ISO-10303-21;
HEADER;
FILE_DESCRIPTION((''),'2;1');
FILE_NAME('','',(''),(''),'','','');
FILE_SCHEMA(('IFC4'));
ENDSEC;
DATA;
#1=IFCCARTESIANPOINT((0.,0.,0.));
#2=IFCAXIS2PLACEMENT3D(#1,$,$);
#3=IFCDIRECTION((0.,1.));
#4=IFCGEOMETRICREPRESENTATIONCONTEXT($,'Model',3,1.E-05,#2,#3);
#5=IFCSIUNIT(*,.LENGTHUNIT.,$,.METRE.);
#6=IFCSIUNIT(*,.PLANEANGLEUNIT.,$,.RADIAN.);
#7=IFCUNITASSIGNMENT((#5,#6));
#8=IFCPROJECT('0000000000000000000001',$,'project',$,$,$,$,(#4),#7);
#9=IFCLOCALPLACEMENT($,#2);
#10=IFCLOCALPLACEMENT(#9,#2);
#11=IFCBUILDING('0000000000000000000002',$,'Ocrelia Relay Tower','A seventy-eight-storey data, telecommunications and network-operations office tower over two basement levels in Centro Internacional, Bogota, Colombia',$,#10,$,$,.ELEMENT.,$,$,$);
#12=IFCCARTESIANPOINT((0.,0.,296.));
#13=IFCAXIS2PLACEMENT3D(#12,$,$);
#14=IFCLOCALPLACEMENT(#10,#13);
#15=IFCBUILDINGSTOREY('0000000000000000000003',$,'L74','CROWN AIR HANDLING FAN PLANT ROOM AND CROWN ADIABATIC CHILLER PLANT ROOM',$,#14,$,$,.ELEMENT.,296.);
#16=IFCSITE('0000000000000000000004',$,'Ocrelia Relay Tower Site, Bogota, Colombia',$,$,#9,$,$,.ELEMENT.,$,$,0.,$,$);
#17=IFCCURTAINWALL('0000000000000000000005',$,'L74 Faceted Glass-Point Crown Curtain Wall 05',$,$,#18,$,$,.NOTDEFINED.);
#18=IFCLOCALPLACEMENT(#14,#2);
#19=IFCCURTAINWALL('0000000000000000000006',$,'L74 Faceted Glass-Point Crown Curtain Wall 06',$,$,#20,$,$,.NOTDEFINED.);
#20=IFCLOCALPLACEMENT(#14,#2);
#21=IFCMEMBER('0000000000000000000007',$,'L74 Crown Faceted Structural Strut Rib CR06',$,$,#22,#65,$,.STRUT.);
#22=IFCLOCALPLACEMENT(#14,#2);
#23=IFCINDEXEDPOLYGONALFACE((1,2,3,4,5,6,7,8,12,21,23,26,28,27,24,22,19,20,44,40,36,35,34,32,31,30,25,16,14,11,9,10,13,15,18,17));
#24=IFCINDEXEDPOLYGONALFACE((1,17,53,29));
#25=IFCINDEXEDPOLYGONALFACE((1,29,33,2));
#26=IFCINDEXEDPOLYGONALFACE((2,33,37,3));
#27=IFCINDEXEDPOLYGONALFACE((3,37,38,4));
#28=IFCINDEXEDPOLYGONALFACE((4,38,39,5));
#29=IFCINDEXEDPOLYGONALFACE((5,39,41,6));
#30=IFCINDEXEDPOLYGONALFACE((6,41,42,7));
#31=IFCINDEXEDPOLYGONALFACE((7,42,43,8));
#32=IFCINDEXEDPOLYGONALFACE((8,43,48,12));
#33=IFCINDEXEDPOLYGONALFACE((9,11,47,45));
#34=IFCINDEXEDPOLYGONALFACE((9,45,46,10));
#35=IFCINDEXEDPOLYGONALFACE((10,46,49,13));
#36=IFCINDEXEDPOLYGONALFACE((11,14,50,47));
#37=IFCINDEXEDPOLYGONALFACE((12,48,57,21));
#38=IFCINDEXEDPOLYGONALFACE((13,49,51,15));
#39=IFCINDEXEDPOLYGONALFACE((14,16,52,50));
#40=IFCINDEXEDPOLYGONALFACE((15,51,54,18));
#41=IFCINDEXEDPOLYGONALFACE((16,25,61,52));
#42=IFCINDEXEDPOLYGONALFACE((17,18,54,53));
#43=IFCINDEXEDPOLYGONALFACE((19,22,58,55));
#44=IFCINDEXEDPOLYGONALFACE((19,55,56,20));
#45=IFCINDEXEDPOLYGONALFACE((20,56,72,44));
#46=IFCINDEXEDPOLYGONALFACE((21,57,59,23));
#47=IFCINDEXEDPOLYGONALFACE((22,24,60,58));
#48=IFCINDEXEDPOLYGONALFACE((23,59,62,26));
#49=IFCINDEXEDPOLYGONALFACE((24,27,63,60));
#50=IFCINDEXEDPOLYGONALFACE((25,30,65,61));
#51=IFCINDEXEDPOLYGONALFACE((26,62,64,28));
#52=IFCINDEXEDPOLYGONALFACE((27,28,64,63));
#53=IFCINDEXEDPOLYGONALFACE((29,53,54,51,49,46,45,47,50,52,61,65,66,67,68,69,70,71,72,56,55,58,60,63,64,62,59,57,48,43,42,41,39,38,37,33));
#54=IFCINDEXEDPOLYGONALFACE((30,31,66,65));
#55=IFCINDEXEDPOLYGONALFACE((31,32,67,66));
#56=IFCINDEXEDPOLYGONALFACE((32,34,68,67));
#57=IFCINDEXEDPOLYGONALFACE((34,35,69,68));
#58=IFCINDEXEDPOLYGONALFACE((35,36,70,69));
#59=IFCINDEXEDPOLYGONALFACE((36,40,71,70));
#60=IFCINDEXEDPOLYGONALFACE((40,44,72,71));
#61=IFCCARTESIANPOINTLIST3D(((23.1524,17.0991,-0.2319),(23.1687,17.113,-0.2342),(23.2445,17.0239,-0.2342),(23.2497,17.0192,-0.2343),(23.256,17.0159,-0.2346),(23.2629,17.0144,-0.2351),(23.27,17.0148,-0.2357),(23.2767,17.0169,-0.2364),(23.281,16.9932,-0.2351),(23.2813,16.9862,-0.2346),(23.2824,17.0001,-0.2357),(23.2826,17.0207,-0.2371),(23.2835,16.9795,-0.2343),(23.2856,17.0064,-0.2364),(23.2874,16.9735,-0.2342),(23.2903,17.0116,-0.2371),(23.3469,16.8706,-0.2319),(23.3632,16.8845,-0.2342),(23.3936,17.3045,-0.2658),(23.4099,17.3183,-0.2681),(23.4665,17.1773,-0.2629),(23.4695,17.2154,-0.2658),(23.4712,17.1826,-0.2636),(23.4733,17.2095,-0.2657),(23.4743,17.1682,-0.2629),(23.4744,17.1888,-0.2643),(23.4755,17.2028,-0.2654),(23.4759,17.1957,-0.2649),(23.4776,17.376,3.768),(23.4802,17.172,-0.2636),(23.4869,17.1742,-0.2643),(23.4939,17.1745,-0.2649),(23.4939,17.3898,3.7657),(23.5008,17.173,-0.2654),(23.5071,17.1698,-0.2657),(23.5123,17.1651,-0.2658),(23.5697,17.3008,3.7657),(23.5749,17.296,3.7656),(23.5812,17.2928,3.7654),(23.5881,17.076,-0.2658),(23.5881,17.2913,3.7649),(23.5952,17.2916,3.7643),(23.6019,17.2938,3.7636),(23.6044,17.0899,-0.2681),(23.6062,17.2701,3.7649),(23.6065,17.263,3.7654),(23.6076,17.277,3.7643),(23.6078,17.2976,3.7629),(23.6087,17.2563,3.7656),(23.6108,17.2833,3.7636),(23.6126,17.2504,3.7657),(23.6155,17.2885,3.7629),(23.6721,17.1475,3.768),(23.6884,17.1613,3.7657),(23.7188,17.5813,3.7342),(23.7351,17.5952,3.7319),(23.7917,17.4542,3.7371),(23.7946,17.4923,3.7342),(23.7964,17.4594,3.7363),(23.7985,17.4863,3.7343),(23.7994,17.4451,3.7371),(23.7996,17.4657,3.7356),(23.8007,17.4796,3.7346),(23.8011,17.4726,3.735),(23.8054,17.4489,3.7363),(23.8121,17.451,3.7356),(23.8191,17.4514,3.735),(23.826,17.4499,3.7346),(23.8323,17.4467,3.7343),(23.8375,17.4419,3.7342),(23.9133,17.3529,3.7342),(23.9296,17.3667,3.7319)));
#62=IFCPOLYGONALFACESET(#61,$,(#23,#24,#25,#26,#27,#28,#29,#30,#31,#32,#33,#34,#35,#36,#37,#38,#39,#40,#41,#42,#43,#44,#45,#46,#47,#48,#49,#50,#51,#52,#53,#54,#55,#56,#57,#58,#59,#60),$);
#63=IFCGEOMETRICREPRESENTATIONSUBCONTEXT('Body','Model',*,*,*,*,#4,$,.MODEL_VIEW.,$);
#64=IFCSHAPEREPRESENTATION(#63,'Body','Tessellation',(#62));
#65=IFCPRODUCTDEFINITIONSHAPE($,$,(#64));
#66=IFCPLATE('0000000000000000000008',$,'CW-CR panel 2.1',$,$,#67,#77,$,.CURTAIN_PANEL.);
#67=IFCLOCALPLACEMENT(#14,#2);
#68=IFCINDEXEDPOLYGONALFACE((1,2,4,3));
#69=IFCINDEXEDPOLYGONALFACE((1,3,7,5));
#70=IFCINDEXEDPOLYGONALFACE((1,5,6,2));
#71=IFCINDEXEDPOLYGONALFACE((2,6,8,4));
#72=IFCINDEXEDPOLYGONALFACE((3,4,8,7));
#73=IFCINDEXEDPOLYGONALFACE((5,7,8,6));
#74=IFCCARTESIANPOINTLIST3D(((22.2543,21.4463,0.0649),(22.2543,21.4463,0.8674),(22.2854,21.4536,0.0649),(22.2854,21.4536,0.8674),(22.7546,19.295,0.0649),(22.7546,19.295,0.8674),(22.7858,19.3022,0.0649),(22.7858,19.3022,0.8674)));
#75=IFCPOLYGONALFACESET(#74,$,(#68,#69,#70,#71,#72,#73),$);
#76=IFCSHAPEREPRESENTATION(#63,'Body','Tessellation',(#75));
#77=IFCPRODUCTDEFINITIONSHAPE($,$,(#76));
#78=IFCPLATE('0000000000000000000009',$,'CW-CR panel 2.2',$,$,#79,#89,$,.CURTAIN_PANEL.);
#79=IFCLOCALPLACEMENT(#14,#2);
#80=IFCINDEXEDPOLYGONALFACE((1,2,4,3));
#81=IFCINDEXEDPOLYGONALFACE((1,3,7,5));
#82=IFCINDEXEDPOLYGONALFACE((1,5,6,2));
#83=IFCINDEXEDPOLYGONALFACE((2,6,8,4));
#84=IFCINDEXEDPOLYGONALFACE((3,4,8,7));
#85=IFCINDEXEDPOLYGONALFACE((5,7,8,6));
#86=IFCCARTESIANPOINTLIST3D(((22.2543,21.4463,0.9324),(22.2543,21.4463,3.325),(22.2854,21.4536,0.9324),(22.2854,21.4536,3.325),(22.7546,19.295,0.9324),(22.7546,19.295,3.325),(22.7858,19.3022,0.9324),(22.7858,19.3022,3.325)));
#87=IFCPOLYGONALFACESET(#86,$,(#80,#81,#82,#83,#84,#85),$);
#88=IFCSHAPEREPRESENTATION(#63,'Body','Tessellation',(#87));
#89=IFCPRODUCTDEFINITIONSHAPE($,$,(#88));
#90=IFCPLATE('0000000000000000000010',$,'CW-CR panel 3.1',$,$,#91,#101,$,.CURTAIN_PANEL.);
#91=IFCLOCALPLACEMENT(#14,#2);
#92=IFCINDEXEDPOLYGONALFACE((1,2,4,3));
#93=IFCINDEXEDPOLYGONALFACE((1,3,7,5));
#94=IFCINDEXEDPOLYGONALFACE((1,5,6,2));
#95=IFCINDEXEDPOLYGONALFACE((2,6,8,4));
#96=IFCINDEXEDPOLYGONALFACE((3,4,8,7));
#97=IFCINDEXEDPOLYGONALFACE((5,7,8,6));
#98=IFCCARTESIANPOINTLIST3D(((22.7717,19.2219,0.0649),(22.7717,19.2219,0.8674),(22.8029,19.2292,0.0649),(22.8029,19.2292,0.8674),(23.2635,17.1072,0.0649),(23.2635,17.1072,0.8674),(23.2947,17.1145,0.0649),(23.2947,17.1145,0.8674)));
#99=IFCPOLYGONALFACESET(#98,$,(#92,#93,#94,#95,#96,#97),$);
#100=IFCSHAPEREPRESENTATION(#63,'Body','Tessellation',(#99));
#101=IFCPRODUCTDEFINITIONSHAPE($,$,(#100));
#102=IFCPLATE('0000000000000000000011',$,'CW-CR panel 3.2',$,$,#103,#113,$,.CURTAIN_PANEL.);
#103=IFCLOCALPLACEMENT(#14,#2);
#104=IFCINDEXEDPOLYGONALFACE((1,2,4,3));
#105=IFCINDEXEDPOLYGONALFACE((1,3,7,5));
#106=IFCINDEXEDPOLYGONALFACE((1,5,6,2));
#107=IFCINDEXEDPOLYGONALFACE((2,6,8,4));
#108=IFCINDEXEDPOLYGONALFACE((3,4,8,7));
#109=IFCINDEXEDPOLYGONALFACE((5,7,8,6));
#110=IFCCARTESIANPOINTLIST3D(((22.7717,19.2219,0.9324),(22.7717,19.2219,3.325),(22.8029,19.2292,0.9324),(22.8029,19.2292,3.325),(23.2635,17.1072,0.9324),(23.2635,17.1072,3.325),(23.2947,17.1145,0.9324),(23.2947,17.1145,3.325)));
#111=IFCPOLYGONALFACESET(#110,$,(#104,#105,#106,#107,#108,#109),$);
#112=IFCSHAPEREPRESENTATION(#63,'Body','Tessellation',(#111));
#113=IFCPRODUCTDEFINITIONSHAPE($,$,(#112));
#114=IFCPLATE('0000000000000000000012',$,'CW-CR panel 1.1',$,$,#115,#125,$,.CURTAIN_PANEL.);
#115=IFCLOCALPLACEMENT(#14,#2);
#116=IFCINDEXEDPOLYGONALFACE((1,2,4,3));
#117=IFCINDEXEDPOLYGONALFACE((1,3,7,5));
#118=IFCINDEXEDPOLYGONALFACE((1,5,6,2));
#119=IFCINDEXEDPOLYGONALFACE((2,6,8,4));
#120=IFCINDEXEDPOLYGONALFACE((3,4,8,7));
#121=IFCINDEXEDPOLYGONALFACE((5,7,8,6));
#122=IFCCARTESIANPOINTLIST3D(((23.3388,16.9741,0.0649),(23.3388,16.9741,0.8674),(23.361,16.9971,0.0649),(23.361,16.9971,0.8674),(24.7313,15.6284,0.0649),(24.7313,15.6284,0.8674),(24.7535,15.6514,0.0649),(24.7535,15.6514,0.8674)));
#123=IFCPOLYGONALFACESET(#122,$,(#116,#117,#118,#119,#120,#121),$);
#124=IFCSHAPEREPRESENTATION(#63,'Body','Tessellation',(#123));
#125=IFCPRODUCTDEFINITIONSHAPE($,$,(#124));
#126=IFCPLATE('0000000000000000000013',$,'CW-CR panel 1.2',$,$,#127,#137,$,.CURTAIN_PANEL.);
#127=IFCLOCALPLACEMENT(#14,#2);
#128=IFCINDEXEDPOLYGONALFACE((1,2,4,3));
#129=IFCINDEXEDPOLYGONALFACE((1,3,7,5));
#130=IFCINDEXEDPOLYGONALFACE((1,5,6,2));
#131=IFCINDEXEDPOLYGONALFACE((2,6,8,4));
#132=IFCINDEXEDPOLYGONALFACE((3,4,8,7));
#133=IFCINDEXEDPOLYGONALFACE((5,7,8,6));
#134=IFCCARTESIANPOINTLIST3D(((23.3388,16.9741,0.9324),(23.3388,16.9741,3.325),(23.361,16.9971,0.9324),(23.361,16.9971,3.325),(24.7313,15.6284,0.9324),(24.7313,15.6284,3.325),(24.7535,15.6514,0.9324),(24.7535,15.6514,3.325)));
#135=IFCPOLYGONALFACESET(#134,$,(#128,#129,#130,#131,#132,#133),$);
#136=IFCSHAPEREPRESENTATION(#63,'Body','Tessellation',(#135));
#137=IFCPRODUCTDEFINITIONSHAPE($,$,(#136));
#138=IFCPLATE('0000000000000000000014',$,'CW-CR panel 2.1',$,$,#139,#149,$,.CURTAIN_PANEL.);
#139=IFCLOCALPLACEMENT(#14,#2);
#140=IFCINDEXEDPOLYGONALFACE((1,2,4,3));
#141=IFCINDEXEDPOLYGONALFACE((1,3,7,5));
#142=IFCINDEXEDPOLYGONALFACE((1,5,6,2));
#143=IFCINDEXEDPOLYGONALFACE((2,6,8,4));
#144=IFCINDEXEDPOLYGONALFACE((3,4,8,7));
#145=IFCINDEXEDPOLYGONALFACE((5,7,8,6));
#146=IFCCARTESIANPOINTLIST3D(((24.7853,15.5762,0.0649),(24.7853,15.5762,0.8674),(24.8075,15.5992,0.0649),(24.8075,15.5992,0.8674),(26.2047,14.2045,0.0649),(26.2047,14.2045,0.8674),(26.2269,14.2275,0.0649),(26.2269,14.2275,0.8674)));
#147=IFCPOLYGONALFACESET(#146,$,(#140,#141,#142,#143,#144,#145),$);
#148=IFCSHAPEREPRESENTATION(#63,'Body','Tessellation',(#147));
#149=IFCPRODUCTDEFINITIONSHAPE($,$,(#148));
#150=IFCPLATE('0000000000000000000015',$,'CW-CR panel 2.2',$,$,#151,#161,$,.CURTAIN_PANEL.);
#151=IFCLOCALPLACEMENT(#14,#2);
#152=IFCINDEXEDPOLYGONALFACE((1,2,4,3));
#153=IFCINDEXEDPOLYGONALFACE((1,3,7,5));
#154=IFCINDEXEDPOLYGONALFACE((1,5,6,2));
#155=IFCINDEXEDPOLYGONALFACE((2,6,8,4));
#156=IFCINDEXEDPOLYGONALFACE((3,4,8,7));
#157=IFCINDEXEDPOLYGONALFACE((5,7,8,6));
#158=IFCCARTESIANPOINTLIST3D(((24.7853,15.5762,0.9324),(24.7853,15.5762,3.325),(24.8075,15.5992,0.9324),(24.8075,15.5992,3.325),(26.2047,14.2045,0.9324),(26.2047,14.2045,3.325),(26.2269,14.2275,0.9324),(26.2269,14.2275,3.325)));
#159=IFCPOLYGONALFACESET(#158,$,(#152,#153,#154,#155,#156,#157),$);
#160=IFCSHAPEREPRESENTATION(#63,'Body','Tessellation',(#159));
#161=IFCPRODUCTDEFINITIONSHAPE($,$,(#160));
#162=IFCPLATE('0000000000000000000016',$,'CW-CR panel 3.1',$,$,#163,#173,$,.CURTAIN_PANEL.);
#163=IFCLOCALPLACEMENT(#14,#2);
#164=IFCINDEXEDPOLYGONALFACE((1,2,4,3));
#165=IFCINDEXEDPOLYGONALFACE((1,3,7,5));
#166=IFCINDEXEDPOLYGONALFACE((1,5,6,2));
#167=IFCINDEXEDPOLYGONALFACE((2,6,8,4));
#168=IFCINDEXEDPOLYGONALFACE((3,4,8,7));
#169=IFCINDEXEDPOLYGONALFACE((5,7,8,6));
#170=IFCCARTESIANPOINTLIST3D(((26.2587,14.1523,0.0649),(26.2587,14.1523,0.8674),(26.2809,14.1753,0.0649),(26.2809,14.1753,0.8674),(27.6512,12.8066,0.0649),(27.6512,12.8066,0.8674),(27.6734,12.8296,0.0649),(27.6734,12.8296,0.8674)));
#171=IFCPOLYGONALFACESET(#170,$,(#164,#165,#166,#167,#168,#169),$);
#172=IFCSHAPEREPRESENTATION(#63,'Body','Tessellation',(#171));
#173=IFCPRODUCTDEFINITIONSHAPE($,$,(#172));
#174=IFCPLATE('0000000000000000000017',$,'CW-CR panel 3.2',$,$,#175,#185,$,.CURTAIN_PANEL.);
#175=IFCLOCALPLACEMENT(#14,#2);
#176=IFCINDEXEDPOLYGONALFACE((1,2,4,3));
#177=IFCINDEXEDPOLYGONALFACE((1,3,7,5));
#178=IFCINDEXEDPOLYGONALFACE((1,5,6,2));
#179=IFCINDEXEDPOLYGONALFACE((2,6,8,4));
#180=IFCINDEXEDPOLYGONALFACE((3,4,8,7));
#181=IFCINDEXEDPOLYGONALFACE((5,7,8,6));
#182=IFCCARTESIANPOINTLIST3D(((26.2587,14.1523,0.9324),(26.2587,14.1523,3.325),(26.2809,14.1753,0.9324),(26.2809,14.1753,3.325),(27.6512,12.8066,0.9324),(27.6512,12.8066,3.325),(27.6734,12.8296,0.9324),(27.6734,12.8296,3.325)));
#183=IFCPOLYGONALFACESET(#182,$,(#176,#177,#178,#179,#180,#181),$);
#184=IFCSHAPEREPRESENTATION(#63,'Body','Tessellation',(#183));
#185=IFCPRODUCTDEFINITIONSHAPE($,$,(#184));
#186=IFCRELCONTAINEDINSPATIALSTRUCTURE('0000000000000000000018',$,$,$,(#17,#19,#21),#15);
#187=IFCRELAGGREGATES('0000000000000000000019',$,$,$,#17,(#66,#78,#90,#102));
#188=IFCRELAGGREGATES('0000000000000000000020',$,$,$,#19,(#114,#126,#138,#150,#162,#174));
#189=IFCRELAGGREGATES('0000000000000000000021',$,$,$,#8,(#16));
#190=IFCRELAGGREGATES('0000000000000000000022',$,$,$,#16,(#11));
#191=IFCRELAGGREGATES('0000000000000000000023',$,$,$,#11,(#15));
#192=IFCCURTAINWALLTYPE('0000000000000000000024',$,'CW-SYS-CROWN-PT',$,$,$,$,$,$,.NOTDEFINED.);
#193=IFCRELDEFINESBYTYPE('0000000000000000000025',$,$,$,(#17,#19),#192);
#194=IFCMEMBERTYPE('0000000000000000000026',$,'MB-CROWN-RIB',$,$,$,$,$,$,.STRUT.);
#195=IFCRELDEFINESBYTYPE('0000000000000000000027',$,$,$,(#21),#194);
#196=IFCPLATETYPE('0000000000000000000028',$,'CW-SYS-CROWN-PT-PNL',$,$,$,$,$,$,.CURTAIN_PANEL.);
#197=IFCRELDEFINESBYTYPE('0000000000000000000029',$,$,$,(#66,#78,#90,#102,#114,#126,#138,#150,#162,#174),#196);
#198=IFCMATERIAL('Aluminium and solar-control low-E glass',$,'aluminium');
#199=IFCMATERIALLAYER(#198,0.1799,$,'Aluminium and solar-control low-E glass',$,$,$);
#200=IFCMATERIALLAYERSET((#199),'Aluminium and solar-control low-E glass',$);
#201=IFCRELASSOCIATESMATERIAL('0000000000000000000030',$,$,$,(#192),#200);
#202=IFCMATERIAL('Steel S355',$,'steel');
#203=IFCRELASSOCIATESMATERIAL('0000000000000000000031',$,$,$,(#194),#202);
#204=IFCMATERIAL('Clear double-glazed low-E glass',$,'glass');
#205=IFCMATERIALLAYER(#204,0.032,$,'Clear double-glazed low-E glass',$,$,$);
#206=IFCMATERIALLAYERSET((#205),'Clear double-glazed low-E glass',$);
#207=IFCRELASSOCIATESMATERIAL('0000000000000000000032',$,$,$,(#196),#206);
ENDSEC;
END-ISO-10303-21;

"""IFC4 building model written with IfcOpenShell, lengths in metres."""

from ifc_helpers import new_model, si_unit, direction, frame, origin, origin_2d, place, context, subcontext, project, spatial, rectangle, i_section, extrude, material, layer, layer_set, material_profile, profile_set, type_object, element, aggregate, save


model = new_model("IFC4")

# Units and contexts
model_context = context("Model", 3, precision=1e-05, world=origin(), true_north=direction((0.0, 1.0)))
body_context = subcontext(model_context, "Body", "Model", "MODEL_VIEW")
ifc_project = project(units=[si_unit("LENGTHUNIT", "METRE"), si_unit("PLANEANGLEUNIT", "RADIAN")], contexts=[model_context])

# Site, building, storey
site_placement = place(None, origin())
site = spatial("IfcSite", under=ifc_project, at=site_placement, Name="Ocrelia Relay Tower Site, Bogota, Colombia", CompositionType="ELEMENT", RefElevation=0.0)
building_placement = place(site_placement, origin())
building = spatial("IfcBuilding", under=site, at=building_placement, Name="Ocrelia Relay Tower", Description="A seventy-eight-storey data, telecommunications and network-operations office tower over two basement levels in Centro Internacional, Bogota, Colombia", CompositionType="ELEMENT")
storey_placement = place(building_placement, frame((0.0, 0.0, 296.0)))
storey = spatial("IfcBuildingStorey", under=building, at=storey_placement, Name="L74", Description="CROWN AIR HANDLING FAN PLANT ROOM AND CROWN ADIABATIC CHILLER PLANT ROOM", CompositionType="ELEMENT", Elevation=296.0)

# Shared definitions
ifc_material_1 = material(Name="Steel S355", Category="steel")

# Curtain walls
ifc_material_2 = material(Name="Aluminium and solar-control low-E glass", Category="aluminium")
ifc_layer_1 = layer(ifc_material_2, 0.1799, Name="Aluminium and solar-control low-E glass")
ifc_layer_set_1 = layer_set([ifc_layer_1], Name="Aluminium and solar-control low-E glass")
curtain_wall_type = type_object("IfcCurtainWallType", Name="CW-SYS-CROWN-PT", PredefinedType="NOTDEFINED", material=ifc_layer_set_1)
curtain_wall_1_placement = place(storey_placement, origin())
curtain_wall_1 = element("IfcCurtainWall", 1, at=curtain_wall_1_placement, inside=storey, type_object=curtain_wall_type, Name="L74 Faceted Glass-Point Crown Curtain Wall 05", PredefinedType="NOTDEFINED")
curtain_wall_2_placement = place(storey_placement, origin())
curtain_wall_2 = element("IfcCurtainWall", 2, at=curtain_wall_2_placement, inside=storey, type_object=curtain_wall_type, Name="L74 Faceted Glass-Point Crown Curtain Wall 06", PredefinedType="NOTDEFINED")

# Member
ifc_material_profile_1 = material_profile(ifc_material_1, i_section(OverallWidth=0.3, OverallDepth=0.3401, WebThickness=0.012, FlangeThickness=0.0215, FilletRadius=0.0271, at=origin_2d()), Name="HEB 340")
ifc_profile_set_1 = profile_set([ifc_material_profile_1], Name="Steel S355")
member_type_1 = type_object("IfcMemberType", Name="MB-CROWN-RIB", PredefinedType="STRUT", material=ifc_profile_set_1)
member_1_placement = place(storey_placement, frame((23.3784, 17.0945, -0.25), z_axis=(0.080839, 0.068823, 0.994348), x_axis=(-0.648246, 0.761431, 0.0)))
element("IfcMember", 3, at=member_1_placement, inside=storey, type_object=member_type_1, Name="L74 Crown Faceted Structural Strut Rib CR06", PredefinedType="STRUT", context=body_context, shape_type="SweptSolid", body=[
    extrude(i_section(OverallWidth=0.3, OverallDepth=0.3401, WebThickness=0.012, FlangeThickness=0.0215, FilletRadius=0.0271, at=origin_2d()), origin(), (0.0, 0.0, 1.0), 4.0227),
])

# Plates
ifc_material_3 = material(Name="Clear double-glazed low-E glass", Category="glass")
ifc_layer_2 = layer(ifc_material_3, 0.032, Name="Clear double-glazed low-E glass")
ifc_layer_set_2 = layer_set([ifc_layer_2], Name="Clear double-glazed low-E glass")
plate_type = type_object("IfcPlateType", Name="CW-SYS-CROWN-PT-PNL", PredefinedType="CURTAIN_PANEL", material=ifc_layer_set_2)
plate_1_placement = place(storey_placement, frame((22.52, 20.3743, 0.0649), z_axis=(0.0, 0.0, 1.0), x_axis=(0.226533, -0.974004, 0.0)))
plate_1 = element("IfcPlate", 4, at=plate_1_placement, type_object=plate_type, Name="CW-CR panel 2.1", PredefinedType="CURTAIN_PANEL", context=body_context, shape_type="SweptSolid", body=[
    extrude(rectangle(XDim=2.2087, YDim=0.032, at=origin_2d()), origin(), (0.0, 0.0, 1.0), 0.8025),
])
plate_2_placement = place(storey_placement, frame((22.52, 20.3743, 0.9324), z_axis=(0.0, 0.0, 1.0), x_axis=(0.226533, -0.974004, 0.0)))
plate_2 = element("IfcPlate", 5, at=plate_2_placement, type_object=plate_type, Name="CW-CR panel 2.2", PredefinedType="CURTAIN_PANEL", context=body_context, shape_type="SweptSolid", body=[
    extrude(rectangle(XDim=2.2087, YDim=0.032, at=origin_2d()), origin(), (0.0, 0.0, 1.0), 2.3926),
])
plate_3_placement = place(storey_placement, frame((23.0332, 18.1682, 0.0649), z_axis=(0.0, 0.0, 1.0), x_axis=(0.226533, -0.974004, 0.0)))
plate_3 = element("IfcPlate", 6, at=plate_3_placement, type_object=plate_type, Name="CW-CR panel 3.1", PredefinedType="CURTAIN_PANEL", context=body_context, shape_type="SweptSolid", body=[
    extrude(rectangle(XDim=2.1711, YDim=0.032, at=origin_2d()), origin(), (0.0, 0.0, 1.0), 0.8025),
])
plate_4_placement = place(storey_placement, frame((23.0332, 18.1682, 0.9324), z_axis=(0.0, 0.0, 1.0), x_axis=(0.226533, -0.974004, 0.0)))
plate_4 = element("IfcPlate", 7, at=plate_4_placement, type_object=plate_type, Name="CW-CR panel 3.2", PredefinedType="CURTAIN_PANEL", context=body_context, shape_type="SweptSolid", body=[
    extrude(rectangle(XDim=2.1711, YDim=0.032, at=origin_2d()), origin(), (0.0, 0.0, 1.0), 2.3926),
])
aggregate(curtain_wall_1, [plate_1, plate_2, plate_3, plate_4])
plate_5_placement = place(storey_placement, frame((24.0461, 16.3127, 0.0649), z_axis=(0.0, 0.0, 1.0), x_axis=(0.719075, -0.694932, 0.0)))
plate_5 = element("IfcPlate", 8, at=plate_5_placement, type_object=plate_type, Name="CW-CR panel 1.1", PredefinedType="CURTAIN_PANEL", context=body_context, shape_type="SweptSolid", body=[
    extrude(rectangle(XDim=1.9365, YDim=0.032, at=origin_2d()), origin(), (0.0, 0.0, 1.0), 0.8025),
])
plate_6_placement = place(storey_placement, frame((24.0461, 16.3127, 0.9324), z_axis=(0.0, 0.0, 1.0), x_axis=(0.719075, -0.694932, 0.0)))
plate_6 = element("IfcPlate", 9, at=plate_6_placement, type_object=plate_type, Name="CW-CR panel 1.2", PredefinedType="CURTAIN_PANEL", context=body_context, shape_type="SweptSolid", body=[
    extrude(rectangle(XDim=1.9365, YDim=0.032, at=origin_2d()), origin(), (0.0, 0.0, 1.0), 2.3926),
])
plate_7_placement = place(storey_placement, frame((25.5061, 14.9019, 0.0649), z_axis=(0.0, 0.0, 1.0), x_axis=(0.719075, -0.694932, 0.0)))
plate_7 = element("IfcPlate", 10, at=plate_7_placement, type_object=plate_type, Name="CW-CR panel 2.1", PredefinedType="CURTAIN_PANEL", context=body_context, shape_type="SweptSolid", body=[
    extrude(rectangle(XDim=1.9739, YDim=0.032, at=origin_2d()), origin(), (0.0, 0.0, 1.0), 0.8025),
])
plate_8_placement = place(storey_placement, frame((25.5061, 14.9019, 0.9324), z_axis=(0.0, 0.0, 1.0), x_axis=(0.719075, -0.694932, 0.0)))
plate_8 = element("IfcPlate", 11, at=plate_8_placement, type_object=plate_type, Name="CW-CR panel 2.2", PredefinedType="CURTAIN_PANEL", context=body_context, shape_type="SweptSolid", body=[
    extrude(rectangle(XDim=1.9739, YDim=0.032, at=origin_2d()), origin(), (0.0, 0.0, 1.0), 2.3926),
])
plate_9_placement = place(storey_placement, frame((26.9661, 13.491, 0.0649), z_axis=(0.0, 0.0, 1.0), x_axis=(0.719075, -0.694932, 0.0)))
plate_9 = element("IfcPlate", 12, at=plate_9_placement, type_object=plate_type, Name="CW-CR panel 3.1", PredefinedType="CURTAIN_PANEL", context=body_context, shape_type="SweptSolid", body=[
    extrude(rectangle(XDim=1.9365, YDim=0.032, at=origin_2d()), origin(), (0.0, 0.0, 1.0), 0.8025),
])
plate_10_placement = place(storey_placement, frame((26.9661, 13.491, 0.9324), z_axis=(0.0, 0.0, 1.0), x_axis=(0.719075, -0.694932, 0.0)))
plate_10 = element("IfcPlate", 13, at=plate_10_placement, type_object=plate_type, Name="CW-CR panel 3.2", PredefinedType="CURTAIN_PANEL", context=body_context, shape_type="SweptSolid", body=[
    extrude(rectangle(XDim=1.9365, YDim=0.032, at=origin_2d()), origin(), (0.0, 0.0, 1.0), 2.3926),
])
aggregate(curtain_wall_2, [plate_5, plate_6, plate_7, plate_8, plate_9, plate_10])

save(model, "model.ifc")
